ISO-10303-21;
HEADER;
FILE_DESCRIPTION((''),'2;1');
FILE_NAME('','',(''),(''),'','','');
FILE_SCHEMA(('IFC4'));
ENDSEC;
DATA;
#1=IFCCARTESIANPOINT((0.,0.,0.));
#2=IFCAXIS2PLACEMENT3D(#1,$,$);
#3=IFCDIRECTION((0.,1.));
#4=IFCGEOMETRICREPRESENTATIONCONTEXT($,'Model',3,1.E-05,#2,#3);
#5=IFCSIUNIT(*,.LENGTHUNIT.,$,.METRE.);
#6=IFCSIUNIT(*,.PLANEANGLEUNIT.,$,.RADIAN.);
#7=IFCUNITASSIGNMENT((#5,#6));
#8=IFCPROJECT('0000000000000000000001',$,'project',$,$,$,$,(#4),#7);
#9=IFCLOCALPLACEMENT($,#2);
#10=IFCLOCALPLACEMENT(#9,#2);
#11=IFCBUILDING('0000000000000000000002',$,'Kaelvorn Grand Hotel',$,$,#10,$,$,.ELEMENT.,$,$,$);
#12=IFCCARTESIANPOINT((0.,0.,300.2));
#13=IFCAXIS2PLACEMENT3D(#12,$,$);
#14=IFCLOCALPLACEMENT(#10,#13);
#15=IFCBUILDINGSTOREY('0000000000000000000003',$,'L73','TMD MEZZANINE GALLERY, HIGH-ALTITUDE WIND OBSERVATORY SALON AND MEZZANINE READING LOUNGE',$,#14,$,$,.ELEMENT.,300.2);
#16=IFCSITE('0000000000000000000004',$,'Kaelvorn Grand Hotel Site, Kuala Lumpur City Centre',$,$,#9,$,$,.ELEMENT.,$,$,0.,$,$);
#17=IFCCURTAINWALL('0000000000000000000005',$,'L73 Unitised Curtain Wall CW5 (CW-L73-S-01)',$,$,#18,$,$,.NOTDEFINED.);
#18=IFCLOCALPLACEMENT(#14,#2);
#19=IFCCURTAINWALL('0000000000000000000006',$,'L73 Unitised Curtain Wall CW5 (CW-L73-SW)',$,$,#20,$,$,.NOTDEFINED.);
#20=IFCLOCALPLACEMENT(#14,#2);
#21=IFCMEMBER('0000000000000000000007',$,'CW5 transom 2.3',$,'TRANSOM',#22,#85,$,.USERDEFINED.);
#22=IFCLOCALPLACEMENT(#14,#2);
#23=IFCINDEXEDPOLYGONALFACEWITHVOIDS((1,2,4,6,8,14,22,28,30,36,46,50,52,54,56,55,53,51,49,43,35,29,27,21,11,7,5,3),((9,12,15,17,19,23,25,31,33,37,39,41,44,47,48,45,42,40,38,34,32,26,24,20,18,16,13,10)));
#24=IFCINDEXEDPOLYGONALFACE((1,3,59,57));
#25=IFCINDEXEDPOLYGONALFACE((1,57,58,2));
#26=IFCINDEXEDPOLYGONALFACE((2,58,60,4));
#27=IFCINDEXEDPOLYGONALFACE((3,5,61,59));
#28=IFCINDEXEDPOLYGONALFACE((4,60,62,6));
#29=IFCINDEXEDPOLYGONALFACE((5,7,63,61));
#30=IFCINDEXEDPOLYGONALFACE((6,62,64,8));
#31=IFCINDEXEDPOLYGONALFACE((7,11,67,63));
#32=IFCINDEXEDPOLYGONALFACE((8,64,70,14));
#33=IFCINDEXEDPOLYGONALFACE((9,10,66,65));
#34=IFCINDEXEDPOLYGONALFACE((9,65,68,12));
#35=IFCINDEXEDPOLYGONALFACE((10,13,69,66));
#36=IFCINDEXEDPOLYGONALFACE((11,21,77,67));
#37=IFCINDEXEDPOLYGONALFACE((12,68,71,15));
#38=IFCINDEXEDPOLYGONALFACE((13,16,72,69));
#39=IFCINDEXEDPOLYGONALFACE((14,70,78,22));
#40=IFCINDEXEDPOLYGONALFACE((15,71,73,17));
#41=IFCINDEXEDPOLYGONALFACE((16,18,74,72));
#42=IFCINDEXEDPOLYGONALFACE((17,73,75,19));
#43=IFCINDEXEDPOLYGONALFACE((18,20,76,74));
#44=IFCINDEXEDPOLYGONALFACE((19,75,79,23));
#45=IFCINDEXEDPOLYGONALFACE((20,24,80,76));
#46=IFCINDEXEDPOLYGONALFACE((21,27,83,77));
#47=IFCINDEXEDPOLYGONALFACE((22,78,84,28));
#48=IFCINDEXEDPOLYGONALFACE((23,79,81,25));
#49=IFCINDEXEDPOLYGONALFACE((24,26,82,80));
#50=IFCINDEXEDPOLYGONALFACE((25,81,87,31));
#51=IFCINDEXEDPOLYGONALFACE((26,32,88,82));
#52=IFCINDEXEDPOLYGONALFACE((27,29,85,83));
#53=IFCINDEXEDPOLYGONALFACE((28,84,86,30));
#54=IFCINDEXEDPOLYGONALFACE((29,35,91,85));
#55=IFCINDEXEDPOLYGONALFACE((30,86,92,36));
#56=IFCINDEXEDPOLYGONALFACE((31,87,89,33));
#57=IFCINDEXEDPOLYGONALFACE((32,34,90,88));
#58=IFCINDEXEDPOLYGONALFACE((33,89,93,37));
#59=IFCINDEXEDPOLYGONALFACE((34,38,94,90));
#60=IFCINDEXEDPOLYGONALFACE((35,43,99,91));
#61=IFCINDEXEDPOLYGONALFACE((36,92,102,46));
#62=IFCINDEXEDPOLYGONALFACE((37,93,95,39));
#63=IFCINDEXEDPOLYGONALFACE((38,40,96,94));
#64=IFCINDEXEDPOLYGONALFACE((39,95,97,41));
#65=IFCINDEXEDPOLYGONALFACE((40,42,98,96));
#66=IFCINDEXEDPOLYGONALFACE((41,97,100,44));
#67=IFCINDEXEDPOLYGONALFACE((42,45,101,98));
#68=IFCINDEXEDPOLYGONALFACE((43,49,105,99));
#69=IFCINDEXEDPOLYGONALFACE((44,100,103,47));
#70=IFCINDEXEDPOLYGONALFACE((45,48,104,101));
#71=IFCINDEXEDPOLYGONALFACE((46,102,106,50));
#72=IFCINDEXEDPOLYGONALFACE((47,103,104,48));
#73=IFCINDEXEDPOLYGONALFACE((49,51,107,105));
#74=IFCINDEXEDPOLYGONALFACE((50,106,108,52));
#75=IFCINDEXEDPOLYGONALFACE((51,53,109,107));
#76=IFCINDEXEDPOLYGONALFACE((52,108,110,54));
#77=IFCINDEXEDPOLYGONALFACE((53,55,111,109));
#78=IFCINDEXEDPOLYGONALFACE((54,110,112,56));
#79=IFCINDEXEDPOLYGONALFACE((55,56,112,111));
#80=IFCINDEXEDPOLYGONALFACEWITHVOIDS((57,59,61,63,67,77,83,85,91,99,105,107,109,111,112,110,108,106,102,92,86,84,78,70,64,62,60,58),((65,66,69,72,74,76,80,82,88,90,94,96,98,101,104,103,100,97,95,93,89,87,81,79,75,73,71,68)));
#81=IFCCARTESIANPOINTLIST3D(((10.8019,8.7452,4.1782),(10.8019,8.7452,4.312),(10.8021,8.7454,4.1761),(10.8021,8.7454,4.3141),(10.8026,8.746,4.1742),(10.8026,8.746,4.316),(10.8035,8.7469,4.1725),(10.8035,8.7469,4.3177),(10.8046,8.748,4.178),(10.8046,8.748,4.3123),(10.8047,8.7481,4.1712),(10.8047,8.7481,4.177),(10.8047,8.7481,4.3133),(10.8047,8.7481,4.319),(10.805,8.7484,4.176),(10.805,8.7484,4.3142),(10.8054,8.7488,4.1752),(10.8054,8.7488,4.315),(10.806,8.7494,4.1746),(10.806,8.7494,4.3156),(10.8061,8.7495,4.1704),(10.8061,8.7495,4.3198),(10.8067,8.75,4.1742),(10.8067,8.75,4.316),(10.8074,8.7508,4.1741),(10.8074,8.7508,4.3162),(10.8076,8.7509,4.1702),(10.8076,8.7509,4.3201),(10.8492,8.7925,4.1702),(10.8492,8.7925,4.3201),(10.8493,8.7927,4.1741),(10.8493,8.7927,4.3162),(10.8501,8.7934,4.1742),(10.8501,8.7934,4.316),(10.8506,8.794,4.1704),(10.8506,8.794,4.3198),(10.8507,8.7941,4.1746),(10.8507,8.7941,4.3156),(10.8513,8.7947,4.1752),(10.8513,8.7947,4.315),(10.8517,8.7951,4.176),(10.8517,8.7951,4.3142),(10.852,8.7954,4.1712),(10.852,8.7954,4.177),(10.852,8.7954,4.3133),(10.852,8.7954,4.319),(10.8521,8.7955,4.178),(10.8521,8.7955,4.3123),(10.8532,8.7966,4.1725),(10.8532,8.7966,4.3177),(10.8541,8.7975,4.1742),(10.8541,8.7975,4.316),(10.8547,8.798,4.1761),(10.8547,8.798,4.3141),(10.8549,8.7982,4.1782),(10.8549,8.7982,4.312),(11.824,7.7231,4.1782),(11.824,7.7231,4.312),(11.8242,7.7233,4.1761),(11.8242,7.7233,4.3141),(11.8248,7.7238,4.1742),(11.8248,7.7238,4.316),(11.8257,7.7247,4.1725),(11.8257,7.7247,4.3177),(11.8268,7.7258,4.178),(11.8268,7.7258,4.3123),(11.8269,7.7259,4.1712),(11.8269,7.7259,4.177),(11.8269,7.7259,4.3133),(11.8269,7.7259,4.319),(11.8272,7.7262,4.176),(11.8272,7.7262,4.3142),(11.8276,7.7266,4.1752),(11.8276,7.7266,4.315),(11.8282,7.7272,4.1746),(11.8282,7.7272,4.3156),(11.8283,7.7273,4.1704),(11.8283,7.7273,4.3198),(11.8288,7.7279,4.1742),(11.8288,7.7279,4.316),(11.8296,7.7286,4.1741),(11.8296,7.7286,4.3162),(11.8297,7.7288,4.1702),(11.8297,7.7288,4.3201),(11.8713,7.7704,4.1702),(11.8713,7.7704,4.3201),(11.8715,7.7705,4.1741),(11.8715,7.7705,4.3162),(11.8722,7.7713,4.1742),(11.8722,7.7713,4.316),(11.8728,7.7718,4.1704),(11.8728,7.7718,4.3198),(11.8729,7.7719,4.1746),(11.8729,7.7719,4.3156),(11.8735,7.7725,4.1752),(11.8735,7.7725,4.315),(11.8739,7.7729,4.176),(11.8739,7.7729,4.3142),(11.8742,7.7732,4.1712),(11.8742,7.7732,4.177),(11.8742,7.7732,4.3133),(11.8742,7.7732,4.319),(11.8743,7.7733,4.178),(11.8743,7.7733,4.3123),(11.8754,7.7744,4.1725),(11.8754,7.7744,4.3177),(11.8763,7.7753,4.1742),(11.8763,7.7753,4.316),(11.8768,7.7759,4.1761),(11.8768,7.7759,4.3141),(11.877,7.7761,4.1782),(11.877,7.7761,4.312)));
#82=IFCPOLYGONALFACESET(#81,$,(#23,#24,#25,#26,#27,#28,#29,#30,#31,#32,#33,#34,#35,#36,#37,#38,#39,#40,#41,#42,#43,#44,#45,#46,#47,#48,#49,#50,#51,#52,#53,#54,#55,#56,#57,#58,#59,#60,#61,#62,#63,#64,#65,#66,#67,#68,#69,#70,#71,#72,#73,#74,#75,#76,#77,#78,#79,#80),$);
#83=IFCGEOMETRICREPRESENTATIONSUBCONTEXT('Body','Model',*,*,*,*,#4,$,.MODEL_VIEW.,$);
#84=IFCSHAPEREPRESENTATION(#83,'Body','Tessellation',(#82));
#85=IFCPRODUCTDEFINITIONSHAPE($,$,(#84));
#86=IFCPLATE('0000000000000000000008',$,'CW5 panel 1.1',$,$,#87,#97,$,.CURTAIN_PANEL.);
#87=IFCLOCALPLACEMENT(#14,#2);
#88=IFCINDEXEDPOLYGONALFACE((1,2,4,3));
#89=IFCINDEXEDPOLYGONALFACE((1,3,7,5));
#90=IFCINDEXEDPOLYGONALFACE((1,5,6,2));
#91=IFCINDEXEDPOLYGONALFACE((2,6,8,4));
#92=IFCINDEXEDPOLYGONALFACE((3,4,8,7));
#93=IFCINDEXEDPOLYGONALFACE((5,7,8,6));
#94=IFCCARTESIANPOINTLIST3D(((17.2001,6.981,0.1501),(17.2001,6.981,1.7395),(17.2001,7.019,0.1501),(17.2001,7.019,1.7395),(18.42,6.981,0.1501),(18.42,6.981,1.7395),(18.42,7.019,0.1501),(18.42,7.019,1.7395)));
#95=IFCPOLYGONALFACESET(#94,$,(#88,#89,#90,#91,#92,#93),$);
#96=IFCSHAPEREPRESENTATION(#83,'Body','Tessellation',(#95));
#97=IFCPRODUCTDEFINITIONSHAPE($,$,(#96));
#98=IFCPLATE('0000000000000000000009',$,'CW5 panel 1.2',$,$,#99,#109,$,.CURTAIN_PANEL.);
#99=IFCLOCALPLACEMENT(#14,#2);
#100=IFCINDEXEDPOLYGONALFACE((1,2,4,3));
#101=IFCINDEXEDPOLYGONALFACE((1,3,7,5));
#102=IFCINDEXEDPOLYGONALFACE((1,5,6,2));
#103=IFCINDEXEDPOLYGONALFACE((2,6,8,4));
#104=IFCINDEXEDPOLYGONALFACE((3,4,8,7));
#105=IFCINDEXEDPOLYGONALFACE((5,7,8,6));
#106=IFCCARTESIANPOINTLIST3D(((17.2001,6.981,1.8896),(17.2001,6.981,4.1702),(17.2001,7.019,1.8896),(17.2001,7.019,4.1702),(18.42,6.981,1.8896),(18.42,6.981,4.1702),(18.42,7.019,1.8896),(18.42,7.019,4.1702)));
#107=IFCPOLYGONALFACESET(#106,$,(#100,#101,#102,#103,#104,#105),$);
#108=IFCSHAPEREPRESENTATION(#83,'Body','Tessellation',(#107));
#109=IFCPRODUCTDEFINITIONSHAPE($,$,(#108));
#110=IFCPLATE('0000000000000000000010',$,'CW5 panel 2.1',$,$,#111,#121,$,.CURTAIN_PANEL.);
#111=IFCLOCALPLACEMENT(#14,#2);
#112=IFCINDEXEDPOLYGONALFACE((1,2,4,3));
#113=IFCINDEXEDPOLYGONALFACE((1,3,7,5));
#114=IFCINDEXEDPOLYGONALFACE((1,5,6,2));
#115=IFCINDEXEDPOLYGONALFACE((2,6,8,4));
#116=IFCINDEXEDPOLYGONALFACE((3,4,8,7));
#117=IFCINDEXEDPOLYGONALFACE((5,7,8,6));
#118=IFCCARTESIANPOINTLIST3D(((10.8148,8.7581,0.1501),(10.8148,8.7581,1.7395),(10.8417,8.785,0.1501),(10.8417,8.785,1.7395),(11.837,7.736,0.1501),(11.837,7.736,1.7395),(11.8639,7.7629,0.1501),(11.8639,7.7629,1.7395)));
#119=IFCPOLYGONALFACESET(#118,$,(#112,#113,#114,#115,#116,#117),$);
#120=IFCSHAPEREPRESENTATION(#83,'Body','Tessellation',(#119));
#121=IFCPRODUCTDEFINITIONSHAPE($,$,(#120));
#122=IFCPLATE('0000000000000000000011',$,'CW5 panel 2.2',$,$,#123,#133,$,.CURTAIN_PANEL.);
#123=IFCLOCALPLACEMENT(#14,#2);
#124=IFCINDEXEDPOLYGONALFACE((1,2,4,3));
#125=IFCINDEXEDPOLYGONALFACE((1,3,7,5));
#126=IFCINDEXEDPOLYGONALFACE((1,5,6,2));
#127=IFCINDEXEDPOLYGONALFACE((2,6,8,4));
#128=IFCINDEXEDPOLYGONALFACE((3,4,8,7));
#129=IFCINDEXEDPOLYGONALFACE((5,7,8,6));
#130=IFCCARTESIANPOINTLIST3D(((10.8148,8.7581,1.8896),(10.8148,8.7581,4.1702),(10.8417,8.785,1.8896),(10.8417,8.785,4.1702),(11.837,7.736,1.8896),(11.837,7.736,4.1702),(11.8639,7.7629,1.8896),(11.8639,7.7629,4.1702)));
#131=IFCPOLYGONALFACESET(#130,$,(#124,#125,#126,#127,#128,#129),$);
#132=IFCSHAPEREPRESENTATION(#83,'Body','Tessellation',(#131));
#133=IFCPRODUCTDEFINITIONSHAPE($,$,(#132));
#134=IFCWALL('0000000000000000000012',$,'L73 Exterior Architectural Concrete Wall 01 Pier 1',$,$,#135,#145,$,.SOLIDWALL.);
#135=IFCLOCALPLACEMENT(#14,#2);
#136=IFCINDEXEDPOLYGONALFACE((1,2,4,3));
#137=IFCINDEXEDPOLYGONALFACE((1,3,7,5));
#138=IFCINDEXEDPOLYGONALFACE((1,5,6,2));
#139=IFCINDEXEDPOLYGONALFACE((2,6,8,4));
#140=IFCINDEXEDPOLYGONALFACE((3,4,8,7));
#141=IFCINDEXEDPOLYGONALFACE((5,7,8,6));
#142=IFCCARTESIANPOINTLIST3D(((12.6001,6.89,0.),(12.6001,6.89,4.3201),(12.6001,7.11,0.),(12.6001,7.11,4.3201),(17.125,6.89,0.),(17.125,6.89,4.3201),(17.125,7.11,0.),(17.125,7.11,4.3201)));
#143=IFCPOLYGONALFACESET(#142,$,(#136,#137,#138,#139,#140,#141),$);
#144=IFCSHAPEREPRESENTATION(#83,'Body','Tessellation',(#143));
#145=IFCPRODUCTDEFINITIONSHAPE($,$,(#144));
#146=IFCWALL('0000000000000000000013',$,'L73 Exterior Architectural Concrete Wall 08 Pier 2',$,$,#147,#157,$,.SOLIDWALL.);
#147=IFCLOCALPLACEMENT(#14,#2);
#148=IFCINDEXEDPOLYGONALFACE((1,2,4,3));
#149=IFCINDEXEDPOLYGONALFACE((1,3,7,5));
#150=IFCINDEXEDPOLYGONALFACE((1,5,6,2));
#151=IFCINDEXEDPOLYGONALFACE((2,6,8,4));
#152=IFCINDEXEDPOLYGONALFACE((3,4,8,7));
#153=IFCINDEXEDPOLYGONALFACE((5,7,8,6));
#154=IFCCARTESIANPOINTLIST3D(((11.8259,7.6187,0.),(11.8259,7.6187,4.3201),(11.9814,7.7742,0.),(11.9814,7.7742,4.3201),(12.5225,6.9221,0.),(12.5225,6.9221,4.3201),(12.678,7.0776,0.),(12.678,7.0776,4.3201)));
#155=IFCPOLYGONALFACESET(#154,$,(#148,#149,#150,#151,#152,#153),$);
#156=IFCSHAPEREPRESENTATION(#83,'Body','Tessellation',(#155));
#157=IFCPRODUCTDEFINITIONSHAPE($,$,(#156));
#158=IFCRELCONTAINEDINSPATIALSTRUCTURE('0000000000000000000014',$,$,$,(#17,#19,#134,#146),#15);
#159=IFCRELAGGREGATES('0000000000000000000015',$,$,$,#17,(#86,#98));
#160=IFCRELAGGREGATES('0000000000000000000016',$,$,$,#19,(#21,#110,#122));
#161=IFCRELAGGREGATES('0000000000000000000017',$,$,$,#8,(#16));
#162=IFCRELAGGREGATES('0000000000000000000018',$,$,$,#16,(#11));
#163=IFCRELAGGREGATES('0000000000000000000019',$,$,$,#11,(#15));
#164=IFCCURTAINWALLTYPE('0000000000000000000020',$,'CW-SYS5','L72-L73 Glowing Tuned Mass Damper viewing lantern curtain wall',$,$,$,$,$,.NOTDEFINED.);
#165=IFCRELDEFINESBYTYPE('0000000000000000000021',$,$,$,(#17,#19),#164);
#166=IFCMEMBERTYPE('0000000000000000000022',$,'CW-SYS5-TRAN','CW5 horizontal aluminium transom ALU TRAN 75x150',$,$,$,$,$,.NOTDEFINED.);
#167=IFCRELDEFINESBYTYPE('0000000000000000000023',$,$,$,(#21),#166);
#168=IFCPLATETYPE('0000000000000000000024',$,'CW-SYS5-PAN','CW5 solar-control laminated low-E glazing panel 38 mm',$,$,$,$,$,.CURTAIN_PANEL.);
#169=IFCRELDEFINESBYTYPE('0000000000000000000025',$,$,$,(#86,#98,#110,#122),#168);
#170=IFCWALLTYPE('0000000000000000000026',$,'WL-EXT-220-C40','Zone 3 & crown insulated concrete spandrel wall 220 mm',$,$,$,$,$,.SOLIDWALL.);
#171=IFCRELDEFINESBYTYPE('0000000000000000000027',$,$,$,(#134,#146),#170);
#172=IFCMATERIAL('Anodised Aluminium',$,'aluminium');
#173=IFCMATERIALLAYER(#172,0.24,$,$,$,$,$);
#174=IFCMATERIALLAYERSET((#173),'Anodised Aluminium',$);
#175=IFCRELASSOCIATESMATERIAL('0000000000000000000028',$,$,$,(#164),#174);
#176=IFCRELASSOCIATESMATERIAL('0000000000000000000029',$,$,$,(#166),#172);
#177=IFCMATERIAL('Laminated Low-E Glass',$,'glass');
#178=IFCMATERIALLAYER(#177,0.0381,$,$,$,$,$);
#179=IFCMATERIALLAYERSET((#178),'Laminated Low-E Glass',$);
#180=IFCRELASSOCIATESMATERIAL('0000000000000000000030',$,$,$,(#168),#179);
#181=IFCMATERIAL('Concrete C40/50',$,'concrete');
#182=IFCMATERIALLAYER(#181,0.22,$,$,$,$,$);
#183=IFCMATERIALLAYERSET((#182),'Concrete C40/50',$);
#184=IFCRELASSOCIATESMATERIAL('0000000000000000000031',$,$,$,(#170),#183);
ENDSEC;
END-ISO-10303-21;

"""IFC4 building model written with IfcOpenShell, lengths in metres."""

from ifc_helpers import new_model, si_unit, direction, frame, frame_2d, origin, origin_2d, place, context, subcontext, project, spatial, rectangle, hollow_rectangle, extrude, material, layer, layer_set, material_profile, profile_set, type_object, element, aggregate, save


model = new_model("IFC4")

# Units and contexts
model_context = context("Model", 3, precision=1e-05, world=origin(), true_north=direction((0.0, 1.0)))
body_context = subcontext(model_context, "Body", "Model", "MODEL_VIEW")
ifc_project = project(units=[si_unit("LENGTHUNIT", "METRE"), si_unit("PLANEANGLEUNIT", "RADIAN")], contexts=[model_context])

# Site, building, storey
site_placement = place(None, origin())
site = spatial("IfcSite", under=ifc_project, at=site_placement, Name="Kaelvorn Grand Hotel Site, Kuala Lumpur City Centre", CompositionType="ELEMENT", RefElevation=0.0)
building_placement = place(site_placement, origin())
building = spatial("IfcBuilding", under=site, at=building_placement, Name="Kaelvorn Grand Hotel", CompositionType="ELEMENT")
storey_placement = place(building_placement, frame((0.0, 0.0, 300.2)))
storey = spatial("IfcBuildingStorey", under=building, at=storey_placement, Name="L73", Description="TMD MEZZANINE GALLERY, HIGH-ALTITUDE WIND OBSERVATORY SALON AND MEZZANINE READING LOUNGE", CompositionType="ELEMENT", Elevation=300.2)

# Curtain walls
ifc_material_1 = material(Name="Anodised Aluminium", Category="aluminium")
ifc_layer_1 = layer(ifc_material_1, 0.24)
ifc_layer_set_1 = layer_set([ifc_layer_1], Name="Anodised Aluminium")
curtain_wall_type = type_object("IfcCurtainWallType", Name="CW-SYS5", Description="L72-L73 Glowing Tuned Mass Damper viewing lantern curtain wall", PredefinedType="NOTDEFINED", material=ifc_layer_set_1)
curtain_wall_1_placement = place(storey_placement, origin())
curtain_wall_1 = element("IfcCurtainWall", 1, at=curtain_wall_1_placement, inside=storey, type_object=curtain_wall_type, Name="L73 Unitised Curtain Wall CW5 (CW-L73-S-01)", PredefinedType="NOTDEFINED")
curtain_wall_2_placement = place(storey_placement, origin())
curtain_wall_2 = element("IfcCurtainWall", 2, at=curtain_wall_2_placement, inside=storey, type_object=curtain_wall_type, Name="L73 Unitised Curtain Wall CW5 (CW-L73-SW)", PredefinedType="NOTDEFINED")

# Member
ifc_material_profile_1 = material_profile(ifc_material_1, hollow_rectangle(XDim=0.075, YDim=0.1499, WallThickness=0.0039, InnerFilletRadius=0.0039, OuterFilletRadius=0.0081, at=origin_2d()), Name="ALU TRAN 75x150")
ifc_profile_set_1 = profile_set([ifc_material_profile_1], Name="Anodised Aluminium")
member_type_1 = type_object("IfcMemberType", Name="CW-SYS5-TRAN", Description="CW5 horizontal aluminium transom ALU TRAN 75x150", PredefinedType="NOTDEFINED", material=ifc_profile_set_1)
member_1_placement = place(storey_placement, frame((10.8284, 8.7717, 4.2451), z_axis=(0.707107, -0.707107, 0.0), x_axis=(0.707107, 0.707107, 0.0)))
member_1 = element("IfcMember", 3, at=member_1_placement, type_object=member_type_1, Name="CW5 transom 2.3", ObjectType="TRANSOM", PredefinedType="USERDEFINED", context=body_context, shape_type="SweptSolid", body=[
    extrude(hollow_rectangle(XDim=0.075, YDim=0.1499, WallThickness=0.0039, InnerFilletRadius=0.0039, OuterFilletRadius=0.0081, at=origin_2d()), origin(), (0.0, 0.0, 1.0), 1.4456),
])

# Plates
ifc_material_2 = material(Name="Laminated Low-E Glass", Category="glass")
ifc_layer_2 = layer(ifc_material_2, 0.0381)
ifc_layer_set_2 = layer_set([ifc_layer_2], Name="Laminated Low-E Glass")
plate_type = type_object("IfcPlateType", Name="CW-SYS5-PAN", Description="CW5 solar-control laminated low-E glazing panel 38 mm", PredefinedType="CURTAIN_PANEL", material=ifc_layer_set_2)
plate_1_placement = place(storey_placement, frame((17.8101, 7.0, 0.1501), z_axis=(0.0, 0.0, 1.0), x_axis=(1.0, 0.0, 0.0)))
plate_1 = element("IfcPlate", 4, at=plate_1_placement, type_object=plate_type, Name="CW5 panel 1.1", PredefinedType="CURTAIN_PANEL", context=body_context, shape_type="SweptSolid", body=[
    extrude(rectangle(XDim=1.22, YDim=0.0381, at=origin_2d()), origin(), (0.0, 0.0, 1.0), 1.5894),
])
plate_2_placement = place(storey_placement, frame((17.8101, 7.0, 1.8896), z_axis=(0.0, 0.0, 1.0), x_axis=(1.0, 0.0, 0.0)))
plate_2 = element("IfcPlate", 5, at=plate_2_placement, type_object=plate_type, Name="CW5 panel 1.2", PredefinedType="CURTAIN_PANEL", context=body_context, shape_type="SweptSolid", body=[
    extrude(rectangle(XDim=1.22, YDim=0.0381, at=origin_2d()), origin(), (0.0, 0.0, 1.0), 2.2805),
])
aggregate(curtain_wall_1, [plate_1, plate_2])
plate_3_placement = place(storey_placement, frame((11.3394, 8.2605, 0.1501), z_axis=(0.0, 0.0, 1.0), x_axis=(0.707107, -0.707107, 0.0)))
plate_3 = element("IfcPlate", 6, at=plate_3_placement, type_object=plate_type, Name="CW5 panel 2.1", PredefinedType="CURTAIN_PANEL", context=body_context, shape_type="SweptSolid", body=[
    extrude(rectangle(XDim=1.4456, YDim=0.0381, at=origin_2d()), origin(), (0.0, 0.0, 1.0), 1.5894),
])
plate_4_placement = place(storey_placement, frame((11.3394, 8.2605, 1.8896), z_axis=(0.0, 0.0, 1.0), x_axis=(0.707107, -0.707107, 0.0)))
plate_4 = element("IfcPlate", 7, at=plate_4_placement, type_object=plate_type, Name="CW5 panel 2.2", PredefinedType="CURTAIN_PANEL", context=body_context, shape_type="SweptSolid", body=[
    extrude(rectangle(XDim=1.4456, YDim=0.0381, at=origin_2d()), origin(), (0.0, 0.0, 1.0), 2.2805),
])
aggregate(curtain_wall_2, [member_1, plate_3, plate_4])

# Walls
ifc_material_3 = material(Name="Concrete C40/50", Category="concrete")
ifc_layer_3 = layer(ifc_material_3, 0.22)
ifc_layer_set_3 = layer_set([ifc_layer_3], Name="Concrete C40/50")
wall_type = type_object("IfcWallType", Name="WL-EXT-220-C40", Description="Zone 3 & crown insulated concrete spandrel wall 220 mm", PredefinedType="SOLIDWALL", material=ifc_layer_set_3)
wall_1_placement = place(storey_placement, frame((12.6001, 7.0, 0.0), z_axis=(0.0, 0.0, 1.0), x_axis=(1.0, 0.0, 0.0)))
element("IfcWall", 8, at=wall_1_placement, inside=storey, type_object=wall_type, Name="L73 Exterior Architectural Concrete Wall 01 Pier 1", PredefinedType="SOLIDWALL", context=body_context, shape_type="SweptSolid", body=[
    extrude(rectangle(XDim=4.5249, YDim=0.22, at=frame_2d((2.2625, 0.0))), origin(), (0.0, 0.0, 1.0), 4.3201),
])
wall_2_placement = place(storey_placement, frame((11.9036, 7.6965, 0.0), z_axis=(0.0, 0.0, 1.0), x_axis=(0.707107, -0.707107, 0.0)))
element("IfcWall", 9, at=wall_2_placement, inside=storey, type_object=wall_type, Name="L73 Exterior Architectural Concrete Wall 08 Pier 2", PredefinedType="SOLIDWALL", context=body_context, shape_type="SweptSolid", body=[
    extrude(rectangle(XDim=0.9851, YDim=0.22, at=frame_2d((0.4927, 0.0))), origin(), (0.0, 0.0, 1.0), 4.3201),
])

save(model, "model.ifc")
